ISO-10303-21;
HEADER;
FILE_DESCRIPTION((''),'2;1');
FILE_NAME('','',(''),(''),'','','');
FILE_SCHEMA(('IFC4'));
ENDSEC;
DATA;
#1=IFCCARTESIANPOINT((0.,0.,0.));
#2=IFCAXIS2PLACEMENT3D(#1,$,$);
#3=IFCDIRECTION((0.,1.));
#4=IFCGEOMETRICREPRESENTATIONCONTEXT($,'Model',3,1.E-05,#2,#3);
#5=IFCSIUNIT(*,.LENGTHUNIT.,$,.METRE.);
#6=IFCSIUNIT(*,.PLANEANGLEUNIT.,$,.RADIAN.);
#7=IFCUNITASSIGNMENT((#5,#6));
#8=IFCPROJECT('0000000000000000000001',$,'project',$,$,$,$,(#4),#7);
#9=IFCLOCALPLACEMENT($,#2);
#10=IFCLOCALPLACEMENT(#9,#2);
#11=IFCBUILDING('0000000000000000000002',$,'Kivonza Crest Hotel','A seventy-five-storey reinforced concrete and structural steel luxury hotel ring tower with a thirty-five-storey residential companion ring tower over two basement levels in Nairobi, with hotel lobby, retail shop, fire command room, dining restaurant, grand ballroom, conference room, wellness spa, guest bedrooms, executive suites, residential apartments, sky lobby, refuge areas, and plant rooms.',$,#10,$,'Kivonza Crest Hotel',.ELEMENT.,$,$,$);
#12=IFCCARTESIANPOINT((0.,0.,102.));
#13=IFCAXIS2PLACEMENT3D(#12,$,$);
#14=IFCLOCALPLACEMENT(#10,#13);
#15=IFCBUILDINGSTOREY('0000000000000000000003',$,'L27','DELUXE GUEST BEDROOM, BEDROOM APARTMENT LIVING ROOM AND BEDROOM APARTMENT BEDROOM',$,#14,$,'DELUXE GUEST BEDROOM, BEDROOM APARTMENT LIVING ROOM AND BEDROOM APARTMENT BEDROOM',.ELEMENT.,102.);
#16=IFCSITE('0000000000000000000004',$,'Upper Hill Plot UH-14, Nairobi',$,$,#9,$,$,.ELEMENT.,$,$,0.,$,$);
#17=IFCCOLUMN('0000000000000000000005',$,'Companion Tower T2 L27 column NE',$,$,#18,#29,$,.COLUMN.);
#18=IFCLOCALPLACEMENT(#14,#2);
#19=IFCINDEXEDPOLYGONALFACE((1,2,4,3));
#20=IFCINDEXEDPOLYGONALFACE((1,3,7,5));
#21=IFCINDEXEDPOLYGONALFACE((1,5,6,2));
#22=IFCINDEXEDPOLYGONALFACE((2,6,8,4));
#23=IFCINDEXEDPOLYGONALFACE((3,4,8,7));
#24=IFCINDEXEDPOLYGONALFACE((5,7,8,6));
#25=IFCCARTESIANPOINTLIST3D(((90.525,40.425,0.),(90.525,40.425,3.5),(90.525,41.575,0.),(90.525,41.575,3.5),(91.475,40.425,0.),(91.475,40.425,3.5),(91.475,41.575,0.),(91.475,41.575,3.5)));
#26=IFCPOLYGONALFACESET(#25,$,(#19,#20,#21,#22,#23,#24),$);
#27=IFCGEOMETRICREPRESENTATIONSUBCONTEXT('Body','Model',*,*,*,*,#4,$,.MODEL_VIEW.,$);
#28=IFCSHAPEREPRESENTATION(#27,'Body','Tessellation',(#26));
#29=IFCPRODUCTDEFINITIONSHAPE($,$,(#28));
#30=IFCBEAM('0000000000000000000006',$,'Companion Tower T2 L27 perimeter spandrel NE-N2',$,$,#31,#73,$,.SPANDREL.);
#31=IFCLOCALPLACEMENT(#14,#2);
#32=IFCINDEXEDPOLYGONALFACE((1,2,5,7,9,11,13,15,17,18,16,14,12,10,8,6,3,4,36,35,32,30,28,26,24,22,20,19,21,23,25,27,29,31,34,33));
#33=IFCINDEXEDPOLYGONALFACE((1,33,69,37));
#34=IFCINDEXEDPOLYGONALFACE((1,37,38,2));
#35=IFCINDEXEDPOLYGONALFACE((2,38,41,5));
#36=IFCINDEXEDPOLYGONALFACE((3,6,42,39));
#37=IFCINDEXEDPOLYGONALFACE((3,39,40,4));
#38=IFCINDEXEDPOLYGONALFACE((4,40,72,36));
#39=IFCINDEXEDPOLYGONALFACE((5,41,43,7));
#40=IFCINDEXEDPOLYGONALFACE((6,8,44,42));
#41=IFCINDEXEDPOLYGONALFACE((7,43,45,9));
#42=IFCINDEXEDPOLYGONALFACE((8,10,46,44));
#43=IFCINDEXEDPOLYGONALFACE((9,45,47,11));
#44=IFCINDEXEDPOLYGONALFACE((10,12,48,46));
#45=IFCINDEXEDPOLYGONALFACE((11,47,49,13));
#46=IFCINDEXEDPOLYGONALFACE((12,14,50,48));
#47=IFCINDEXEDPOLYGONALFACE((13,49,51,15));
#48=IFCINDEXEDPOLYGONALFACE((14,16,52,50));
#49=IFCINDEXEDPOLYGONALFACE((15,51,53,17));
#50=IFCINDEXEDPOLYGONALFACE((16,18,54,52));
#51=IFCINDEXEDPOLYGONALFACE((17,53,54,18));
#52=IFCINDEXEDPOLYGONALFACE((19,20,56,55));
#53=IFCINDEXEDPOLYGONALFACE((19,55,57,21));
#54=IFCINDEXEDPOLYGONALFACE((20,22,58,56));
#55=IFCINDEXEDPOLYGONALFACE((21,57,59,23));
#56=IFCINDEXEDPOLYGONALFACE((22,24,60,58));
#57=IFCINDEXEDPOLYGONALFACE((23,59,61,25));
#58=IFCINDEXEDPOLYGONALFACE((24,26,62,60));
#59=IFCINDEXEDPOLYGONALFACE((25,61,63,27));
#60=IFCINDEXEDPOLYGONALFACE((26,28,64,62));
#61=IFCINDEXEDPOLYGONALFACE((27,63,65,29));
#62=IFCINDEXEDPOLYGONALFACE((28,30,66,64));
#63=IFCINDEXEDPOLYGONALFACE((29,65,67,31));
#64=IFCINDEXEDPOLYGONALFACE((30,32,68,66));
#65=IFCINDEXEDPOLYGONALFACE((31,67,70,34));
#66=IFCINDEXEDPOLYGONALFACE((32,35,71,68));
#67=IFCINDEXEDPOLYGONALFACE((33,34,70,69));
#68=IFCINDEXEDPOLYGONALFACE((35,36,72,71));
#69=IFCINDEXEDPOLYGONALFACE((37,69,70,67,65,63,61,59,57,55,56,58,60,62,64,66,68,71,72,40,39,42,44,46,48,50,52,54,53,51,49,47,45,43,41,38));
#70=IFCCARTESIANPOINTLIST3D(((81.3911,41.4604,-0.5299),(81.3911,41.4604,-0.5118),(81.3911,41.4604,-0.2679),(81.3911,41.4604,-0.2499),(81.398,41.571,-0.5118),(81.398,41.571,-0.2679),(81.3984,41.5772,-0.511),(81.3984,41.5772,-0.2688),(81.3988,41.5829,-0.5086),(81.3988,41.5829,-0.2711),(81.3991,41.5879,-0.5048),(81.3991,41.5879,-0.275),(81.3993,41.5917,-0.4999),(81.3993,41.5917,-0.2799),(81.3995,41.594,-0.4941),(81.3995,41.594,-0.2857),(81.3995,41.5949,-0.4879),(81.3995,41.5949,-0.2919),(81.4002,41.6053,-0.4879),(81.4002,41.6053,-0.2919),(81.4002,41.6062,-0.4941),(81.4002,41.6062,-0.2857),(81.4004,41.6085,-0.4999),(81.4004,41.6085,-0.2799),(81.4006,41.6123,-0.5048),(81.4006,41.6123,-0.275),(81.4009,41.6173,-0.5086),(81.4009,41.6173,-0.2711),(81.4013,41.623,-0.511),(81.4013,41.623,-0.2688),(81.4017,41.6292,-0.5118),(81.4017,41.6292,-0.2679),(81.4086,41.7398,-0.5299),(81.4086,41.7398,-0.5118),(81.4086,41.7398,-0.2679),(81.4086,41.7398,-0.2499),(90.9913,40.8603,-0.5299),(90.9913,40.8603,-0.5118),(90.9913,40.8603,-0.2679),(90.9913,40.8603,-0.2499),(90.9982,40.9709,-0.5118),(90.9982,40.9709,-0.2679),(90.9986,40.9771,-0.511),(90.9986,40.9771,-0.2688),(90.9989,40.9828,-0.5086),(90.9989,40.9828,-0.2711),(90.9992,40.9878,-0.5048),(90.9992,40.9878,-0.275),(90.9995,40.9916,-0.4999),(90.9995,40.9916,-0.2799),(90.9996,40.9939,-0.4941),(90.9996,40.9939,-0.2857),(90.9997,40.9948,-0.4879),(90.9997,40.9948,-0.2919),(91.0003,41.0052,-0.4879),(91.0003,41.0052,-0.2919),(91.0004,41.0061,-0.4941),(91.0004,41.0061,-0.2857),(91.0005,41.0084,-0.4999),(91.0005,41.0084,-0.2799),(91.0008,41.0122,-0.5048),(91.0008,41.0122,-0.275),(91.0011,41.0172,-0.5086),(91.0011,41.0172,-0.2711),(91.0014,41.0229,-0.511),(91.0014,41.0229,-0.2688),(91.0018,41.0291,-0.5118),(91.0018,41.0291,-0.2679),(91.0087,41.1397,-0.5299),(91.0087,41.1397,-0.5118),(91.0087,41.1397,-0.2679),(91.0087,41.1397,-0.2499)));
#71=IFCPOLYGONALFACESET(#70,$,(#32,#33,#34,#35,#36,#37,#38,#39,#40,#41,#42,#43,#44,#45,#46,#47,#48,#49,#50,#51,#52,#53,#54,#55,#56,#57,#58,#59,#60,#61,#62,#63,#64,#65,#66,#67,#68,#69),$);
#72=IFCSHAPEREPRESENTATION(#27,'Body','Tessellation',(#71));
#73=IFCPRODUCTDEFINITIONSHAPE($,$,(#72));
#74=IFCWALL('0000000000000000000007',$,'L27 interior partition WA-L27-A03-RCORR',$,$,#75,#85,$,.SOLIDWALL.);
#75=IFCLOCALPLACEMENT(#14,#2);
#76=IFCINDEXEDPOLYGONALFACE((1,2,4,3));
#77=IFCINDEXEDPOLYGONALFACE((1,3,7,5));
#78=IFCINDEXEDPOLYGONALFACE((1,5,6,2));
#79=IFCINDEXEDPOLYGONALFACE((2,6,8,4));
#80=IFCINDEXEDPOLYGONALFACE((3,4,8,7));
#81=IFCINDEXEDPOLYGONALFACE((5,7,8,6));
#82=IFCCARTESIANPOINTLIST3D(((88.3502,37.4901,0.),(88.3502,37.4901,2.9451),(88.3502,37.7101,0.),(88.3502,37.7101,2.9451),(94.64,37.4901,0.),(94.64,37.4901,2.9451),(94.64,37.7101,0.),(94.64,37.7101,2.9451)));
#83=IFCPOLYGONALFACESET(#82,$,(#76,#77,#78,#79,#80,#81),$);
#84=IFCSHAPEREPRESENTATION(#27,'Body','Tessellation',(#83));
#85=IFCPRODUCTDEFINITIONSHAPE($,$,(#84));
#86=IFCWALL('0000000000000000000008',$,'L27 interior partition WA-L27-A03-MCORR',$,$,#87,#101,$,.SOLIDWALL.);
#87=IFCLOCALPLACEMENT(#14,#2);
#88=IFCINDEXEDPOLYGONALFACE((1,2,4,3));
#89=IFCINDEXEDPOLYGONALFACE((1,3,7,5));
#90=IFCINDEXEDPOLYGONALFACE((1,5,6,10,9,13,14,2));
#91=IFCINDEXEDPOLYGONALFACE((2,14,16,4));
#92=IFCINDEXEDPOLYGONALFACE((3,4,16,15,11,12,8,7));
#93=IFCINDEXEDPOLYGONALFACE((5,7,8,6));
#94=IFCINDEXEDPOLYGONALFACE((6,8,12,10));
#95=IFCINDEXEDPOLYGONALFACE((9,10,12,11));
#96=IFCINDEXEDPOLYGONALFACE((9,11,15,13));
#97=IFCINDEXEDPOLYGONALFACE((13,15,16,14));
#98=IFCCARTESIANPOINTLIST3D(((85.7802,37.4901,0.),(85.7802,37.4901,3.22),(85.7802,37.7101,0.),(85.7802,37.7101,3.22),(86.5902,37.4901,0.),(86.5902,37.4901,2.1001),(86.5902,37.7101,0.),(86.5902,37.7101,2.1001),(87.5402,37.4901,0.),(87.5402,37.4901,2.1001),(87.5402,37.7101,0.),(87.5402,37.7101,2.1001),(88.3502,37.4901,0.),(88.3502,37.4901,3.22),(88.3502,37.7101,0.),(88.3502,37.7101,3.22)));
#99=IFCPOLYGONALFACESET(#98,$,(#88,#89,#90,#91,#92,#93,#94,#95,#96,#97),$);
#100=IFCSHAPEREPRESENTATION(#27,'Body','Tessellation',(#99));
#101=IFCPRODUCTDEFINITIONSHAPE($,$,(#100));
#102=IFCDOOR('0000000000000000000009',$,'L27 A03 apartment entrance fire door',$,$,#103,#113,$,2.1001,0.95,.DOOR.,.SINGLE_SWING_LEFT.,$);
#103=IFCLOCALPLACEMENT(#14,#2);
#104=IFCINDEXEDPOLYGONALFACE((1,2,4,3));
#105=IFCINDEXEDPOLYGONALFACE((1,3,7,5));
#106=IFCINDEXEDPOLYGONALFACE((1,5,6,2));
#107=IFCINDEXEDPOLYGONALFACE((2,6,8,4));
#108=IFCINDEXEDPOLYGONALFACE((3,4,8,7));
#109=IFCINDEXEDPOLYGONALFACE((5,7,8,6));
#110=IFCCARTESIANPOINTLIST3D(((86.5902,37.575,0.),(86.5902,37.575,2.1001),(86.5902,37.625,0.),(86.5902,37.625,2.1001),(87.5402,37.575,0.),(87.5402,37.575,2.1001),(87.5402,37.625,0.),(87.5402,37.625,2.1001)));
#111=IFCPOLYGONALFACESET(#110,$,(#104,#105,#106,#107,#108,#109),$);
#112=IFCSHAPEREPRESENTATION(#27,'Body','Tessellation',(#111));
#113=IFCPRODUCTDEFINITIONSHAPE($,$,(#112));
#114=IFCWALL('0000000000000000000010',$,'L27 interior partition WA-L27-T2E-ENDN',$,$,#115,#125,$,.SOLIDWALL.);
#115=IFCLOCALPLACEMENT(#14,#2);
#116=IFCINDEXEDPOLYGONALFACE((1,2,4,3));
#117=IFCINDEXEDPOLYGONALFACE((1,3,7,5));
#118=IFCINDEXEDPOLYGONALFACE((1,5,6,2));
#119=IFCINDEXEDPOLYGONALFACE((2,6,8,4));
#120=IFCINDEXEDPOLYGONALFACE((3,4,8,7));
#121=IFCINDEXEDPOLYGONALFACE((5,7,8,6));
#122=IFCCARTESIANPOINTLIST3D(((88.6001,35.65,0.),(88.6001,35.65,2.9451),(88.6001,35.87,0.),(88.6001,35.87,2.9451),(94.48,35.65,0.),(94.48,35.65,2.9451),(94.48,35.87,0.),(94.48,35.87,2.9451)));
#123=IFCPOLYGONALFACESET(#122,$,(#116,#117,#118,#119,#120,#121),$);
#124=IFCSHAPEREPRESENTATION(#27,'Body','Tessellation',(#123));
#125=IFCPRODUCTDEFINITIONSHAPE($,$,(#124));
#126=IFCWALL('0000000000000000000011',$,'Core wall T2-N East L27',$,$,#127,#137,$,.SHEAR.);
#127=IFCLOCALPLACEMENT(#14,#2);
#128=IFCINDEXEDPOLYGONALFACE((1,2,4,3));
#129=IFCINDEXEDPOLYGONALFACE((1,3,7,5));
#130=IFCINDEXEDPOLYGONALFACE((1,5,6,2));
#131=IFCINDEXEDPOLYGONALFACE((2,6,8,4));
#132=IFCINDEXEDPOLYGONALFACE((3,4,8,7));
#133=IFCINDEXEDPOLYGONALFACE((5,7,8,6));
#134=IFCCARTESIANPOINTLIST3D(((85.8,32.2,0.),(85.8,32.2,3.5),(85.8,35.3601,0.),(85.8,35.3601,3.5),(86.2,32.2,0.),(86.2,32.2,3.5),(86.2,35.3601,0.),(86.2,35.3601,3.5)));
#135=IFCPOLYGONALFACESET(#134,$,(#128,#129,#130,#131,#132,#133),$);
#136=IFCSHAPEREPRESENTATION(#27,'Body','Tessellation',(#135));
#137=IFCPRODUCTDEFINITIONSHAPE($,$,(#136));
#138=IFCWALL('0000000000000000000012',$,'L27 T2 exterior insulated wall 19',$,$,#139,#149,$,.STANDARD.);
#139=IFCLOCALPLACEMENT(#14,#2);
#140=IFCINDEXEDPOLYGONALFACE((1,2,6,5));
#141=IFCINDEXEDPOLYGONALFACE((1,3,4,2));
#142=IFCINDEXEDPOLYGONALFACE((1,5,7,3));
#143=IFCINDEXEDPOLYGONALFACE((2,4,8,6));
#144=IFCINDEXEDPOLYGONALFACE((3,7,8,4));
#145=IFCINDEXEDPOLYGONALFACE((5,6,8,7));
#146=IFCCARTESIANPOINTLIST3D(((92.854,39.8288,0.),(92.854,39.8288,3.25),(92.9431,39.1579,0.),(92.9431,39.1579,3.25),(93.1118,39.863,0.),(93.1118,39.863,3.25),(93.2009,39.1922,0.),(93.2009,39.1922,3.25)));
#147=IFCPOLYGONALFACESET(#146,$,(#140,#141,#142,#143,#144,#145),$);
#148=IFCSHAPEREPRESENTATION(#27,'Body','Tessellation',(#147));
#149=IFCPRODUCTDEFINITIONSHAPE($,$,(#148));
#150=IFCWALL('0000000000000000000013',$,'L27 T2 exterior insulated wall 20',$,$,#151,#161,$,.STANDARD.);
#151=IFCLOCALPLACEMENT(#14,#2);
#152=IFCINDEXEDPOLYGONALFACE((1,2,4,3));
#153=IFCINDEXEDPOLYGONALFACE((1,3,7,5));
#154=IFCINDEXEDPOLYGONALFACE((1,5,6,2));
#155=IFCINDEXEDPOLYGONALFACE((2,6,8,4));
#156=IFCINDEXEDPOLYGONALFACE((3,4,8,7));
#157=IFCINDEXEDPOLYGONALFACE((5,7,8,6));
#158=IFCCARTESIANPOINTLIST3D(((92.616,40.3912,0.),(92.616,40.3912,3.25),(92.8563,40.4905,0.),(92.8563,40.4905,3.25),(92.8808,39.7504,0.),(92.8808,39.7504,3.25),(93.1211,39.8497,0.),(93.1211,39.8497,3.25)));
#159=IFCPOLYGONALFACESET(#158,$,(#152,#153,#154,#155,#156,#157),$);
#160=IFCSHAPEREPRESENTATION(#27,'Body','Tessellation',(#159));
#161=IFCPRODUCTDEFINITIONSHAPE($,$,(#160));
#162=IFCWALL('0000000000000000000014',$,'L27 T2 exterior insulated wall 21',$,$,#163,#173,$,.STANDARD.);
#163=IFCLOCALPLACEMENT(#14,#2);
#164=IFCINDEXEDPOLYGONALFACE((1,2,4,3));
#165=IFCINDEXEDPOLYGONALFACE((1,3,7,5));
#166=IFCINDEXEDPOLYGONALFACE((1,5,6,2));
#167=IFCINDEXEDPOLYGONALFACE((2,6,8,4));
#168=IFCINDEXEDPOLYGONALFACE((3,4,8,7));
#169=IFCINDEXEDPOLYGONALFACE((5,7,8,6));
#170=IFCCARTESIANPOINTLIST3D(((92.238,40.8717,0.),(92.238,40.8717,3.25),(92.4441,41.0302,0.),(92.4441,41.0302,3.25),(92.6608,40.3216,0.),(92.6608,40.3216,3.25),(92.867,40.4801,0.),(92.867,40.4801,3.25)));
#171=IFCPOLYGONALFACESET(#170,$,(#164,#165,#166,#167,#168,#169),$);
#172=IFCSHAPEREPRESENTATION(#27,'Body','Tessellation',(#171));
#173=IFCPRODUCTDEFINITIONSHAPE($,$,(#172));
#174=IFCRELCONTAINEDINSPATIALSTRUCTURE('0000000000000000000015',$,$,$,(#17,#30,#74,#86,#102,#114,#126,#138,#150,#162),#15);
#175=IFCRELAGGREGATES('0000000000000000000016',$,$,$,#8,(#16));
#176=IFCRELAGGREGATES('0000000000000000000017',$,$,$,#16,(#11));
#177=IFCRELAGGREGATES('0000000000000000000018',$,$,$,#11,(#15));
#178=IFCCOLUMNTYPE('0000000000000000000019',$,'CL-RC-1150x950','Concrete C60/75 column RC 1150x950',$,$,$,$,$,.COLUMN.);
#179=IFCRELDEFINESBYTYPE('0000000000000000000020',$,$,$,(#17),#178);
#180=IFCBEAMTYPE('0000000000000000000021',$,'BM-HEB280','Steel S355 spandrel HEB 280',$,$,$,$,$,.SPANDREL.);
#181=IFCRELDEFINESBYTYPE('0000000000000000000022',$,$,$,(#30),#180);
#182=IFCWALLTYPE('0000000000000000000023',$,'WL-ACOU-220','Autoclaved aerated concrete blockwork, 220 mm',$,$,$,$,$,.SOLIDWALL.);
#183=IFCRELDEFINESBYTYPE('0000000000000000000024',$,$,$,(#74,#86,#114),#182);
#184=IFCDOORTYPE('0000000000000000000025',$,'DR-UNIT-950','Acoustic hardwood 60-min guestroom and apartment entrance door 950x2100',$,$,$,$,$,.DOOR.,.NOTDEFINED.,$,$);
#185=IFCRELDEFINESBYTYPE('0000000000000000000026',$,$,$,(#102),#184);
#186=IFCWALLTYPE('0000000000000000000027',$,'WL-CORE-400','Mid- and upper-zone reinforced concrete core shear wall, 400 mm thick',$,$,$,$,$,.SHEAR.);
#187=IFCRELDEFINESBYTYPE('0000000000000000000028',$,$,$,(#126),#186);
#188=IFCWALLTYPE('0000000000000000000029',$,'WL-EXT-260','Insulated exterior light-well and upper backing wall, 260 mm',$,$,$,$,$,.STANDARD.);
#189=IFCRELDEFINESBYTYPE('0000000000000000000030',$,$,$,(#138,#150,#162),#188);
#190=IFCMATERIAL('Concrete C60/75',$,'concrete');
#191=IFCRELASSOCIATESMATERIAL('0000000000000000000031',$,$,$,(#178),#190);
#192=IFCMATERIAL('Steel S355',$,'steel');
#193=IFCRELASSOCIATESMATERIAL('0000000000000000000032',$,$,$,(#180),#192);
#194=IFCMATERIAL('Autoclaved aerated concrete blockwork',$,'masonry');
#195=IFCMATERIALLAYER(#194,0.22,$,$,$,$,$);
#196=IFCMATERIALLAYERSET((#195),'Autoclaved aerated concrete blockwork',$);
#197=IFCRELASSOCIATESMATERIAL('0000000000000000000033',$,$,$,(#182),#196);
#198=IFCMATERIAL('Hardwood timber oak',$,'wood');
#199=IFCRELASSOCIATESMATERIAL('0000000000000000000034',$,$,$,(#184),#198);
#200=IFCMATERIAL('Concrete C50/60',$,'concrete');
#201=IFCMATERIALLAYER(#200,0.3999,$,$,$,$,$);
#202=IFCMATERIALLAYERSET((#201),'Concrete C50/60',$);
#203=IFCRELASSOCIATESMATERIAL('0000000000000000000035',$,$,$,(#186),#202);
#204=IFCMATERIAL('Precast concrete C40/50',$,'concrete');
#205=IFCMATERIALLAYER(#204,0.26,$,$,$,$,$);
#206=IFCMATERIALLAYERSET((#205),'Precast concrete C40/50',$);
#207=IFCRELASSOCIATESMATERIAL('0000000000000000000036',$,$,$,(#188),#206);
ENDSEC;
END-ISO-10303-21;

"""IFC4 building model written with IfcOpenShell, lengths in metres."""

from ifc_helpers import new_model, si_unit, direction, frame, frame_2d, origin, origin_2d, place, context, subcontext, project, spatial, rectangle, i_section, extrude, material, layer, layer_set, material_profile, profile_set, type_object, element, fill, save


model = new_model("IFC4")

# Units and contexts
model_context = context("Model", 3, precision=1e-05, world=origin(), true_north=direction((0.0, 1.0)))
body_context = subcontext(model_context, "Body", "Model", "MODEL_VIEW")
ifc_project = project(units=[si_unit("LENGTHUNIT", "METRE"), si_unit("PLANEANGLEUNIT", "RADIAN")], contexts=[model_context])

# Site, building, storey
site_placement = place(None, origin())
site = spatial("IfcSite", under=ifc_project, at=site_placement, Name="Upper Hill Plot UH-14, Nairobi", CompositionType="ELEMENT", RefElevation=0.0)
building_placement = place(site_placement, origin())
building = spatial("IfcBuilding", under=site, at=building_placement, Name="Kivonza Crest Hotel", Description="A seventy-five-storey reinforced concrete and structural steel luxury hotel ring tower with a thirty-five-storey residential companion ring tower over two basement levels in Nairobi, with hotel lobby, retail shop, fire command room, dining restaurant, grand ballroom, conference room, wellness spa, guest bedrooms, executive suites, residential apartments, sky lobby, refuge areas, and plant rooms.", LongName="Kivonza Crest Hotel", CompositionType="ELEMENT")
storey_placement = place(building_placement, frame((0.0, 0.0, 102.0)))
storey = spatial("IfcBuildingStorey", under=building, at=storey_placement, Name="L27", Description="DELUXE GUEST BEDROOM, BEDROOM APARTMENT LIVING ROOM AND BEDROOM APARTMENT BEDROOM", LongName="DELUXE GUEST BEDROOM, BEDROOM APARTMENT LIVING ROOM AND BEDROOM APARTMENT BEDROOM", CompositionType="ELEMENT", Elevation=102.0)

# Column
ifc_material_1 = material(Name="Concrete C60/75", Category="concrete")
ifc_material_profile_1 = material_profile(ifc_material_1, rectangle(XDim=0.95, YDim=1.1499, at=origin_2d()), Name="RC 1150x950")
ifc_profile_set_1 = profile_set([ifc_material_profile_1], Name="Concrete C60/75")
column_type = type_object("IfcColumnType", Name="CL-RC-1150x950", Description="Concrete C60/75 column RC 1150x950", PredefinedType="COLUMN", material=ifc_profile_set_1)
column_placement = place(storey_placement, frame((91.0, 41.0, 0.0), z_axis=(0.0, 0.0, 1.0), x_axis=(1.0, 0.0, 0.0)))
element("IfcColumn", 1, at=column_placement, inside=storey, type_object=column_type, Name="Companion Tower T2 L27 column NE", PredefinedType="COLUMN", context=body_context, shape_type="SweptSolid", body=[
    extrude(rectangle(XDim=0.95, YDim=1.1499, at=origin_2d()), origin(), (0.0, 0.0, 1.0), 3.5),
])

# Beam
ifc_material_2 = material(Name="Steel S355", Category="steel")
ifc_material_profile_2 = material_profile(ifc_material_2, i_section(OverallWidth=0.28, OverallDepth=0.28, WebThickness=0.0105, FlangeThickness=0.0181, FilletRadius=0.0239, at=origin_2d()), Name="HEB 280")
ifc_profile_set_2 = profile_set([ifc_material_profile_2], Name="Steel S355")
beam_type = type_object("IfcBeamType", Name="BM-HEB280", Description="Steel S355 spandrel HEB 280", PredefinedType="SPANDREL", material=ifc_profile_set_2)
beam_placement = place(storey_placement, frame((91.0, 41.0, -0.3899), z_axis=(-0.998052, 0.062388, 0.0), x_axis=(-0.062388, -0.998052, 0.0)))
element("IfcBeam", 2, at=beam_placement, inside=storey, type_object=beam_type, Name="Companion Tower T2 L27 perimeter spandrel NE-N2", PredefinedType="SPANDREL", context=body_context, shape_type="SweptSolid", body=[
    extrude(i_section(OverallWidth=0.28, OverallDepth=0.28, WebThickness=0.0105, FlangeThickness=0.0181, FilletRadius=0.0239, at=origin_2d()), origin(), (0.0, 0.0, 1.0), 9.6189),
])

# Wall
ifc_material_3 = material(Name="Autoclaved aerated concrete blockwork", Category="masonry")
ifc_layer_1 = layer(ifc_material_3, 0.22)
ifc_layer_set_1 = layer_set([ifc_layer_1], Name="Autoclaved aerated concrete blockwork")
wall_type_1 = type_object("IfcWallType", Name="WL-ACOU-220", Description="Autoclaved aerated concrete blockwork, 220 mm", PredefinedType="SOLIDWALL", material=ifc_layer_set_1)
wall_1_placement = place(storey_placement, frame((88.3501, 37.6001, 0.0), z_axis=(0.0, 0.0, 1.0), x_axis=(1.0, 0.0, 0.0)))
element("IfcWall", 3, at=wall_1_placement, inside=storey, type_object=wall_type_1, Name="L27 interior partition WA-L27-A03-RCORR", PredefinedType="SOLIDWALL", context=body_context, shape_type="SweptSolid", body=[
    extrude(rectangle(XDim=6.2898, YDim=0.22, at=frame_2d((3.145, 0.0))), origin(), (0.0, 0.0, 1.0), 2.9451),
])

# Wall, opening, door
wall_2_placement = place(storey_placement, frame((85.78, 37.6001, 0.0), z_axis=(0.0, 0.0, 1.0), x_axis=(1.0, 0.0, 0.0)))
wall_2 = element("IfcWall", 4, at=wall_2_placement, inside=storey, type_object=wall_type_1, Name="L27 interior partition WA-L27-A03-MCORR", PredefinedType="SOLIDWALL", context=body_context, shape_type="SweptSolid", body=[
    extrude(rectangle(XDim=2.5701, YDim=0.22, at=frame_2d((1.2852, 0.0))), origin(), (0.0, 0.0, 1.0), 3.22),
])
opening_1_placement = place(wall_2_placement, frame((0.8101, 0.0, 0.0)))
opening_1 = element("IfcOpeningElement", 5, at=opening_1_placement, cuts=wall_2, PredefinedType="OPENING", context=body_context, shape_type="SweptSolid", body=[
    extrude(rectangle(XDim=0.95, YDim=2.1001, at=frame_2d((0.4751, 1.05))), frame((0.0, 0.1201, 0.0), z_axis=(0.0, -1.0, 0.0), x_axis=(1.0, 0.0, 0.0)), (0.0, 0.0, 1.0), 0.24),
])
ifc_material_4 = material(Name="Hardwood timber oak", Category="wood")
door_type_1 = type_object("IfcDoorType", Name="DR-UNIT-950", Description="Acoustic hardwood 60-min guestroom and apartment entrance door 950x2100", OperationType="NOTDEFINED", PredefinedType="DOOR", material=ifc_material_4)
door_1_placement = place(opening_1_placement, origin())
door_1 = element("IfcDoor", 6, at=door_1_placement, inside=storey, type_object=door_type_1, Name="L27 A03 apartment entrance fire door", OperationType="SINGLE_SWING_LEFT", OverallHeight=2.1001, OverallWidth=0.95, PredefinedType="DOOR", context=body_context, shape_type="SweptSolid", body=[
    extrude(rectangle(XDim=0.95, YDim=2.1001, at=frame_2d((0.4751, 1.05))), frame((0.0, 0.0249, 0.0), z_axis=(0.0, -1.0, 0.0), x_axis=(1.0, 0.0, 0.0)), (0.0, 0.0, 1.0), 0.05),
])
fill(opening_1, door_1)

# Walls
wall_3_placement = place(storey_placement, frame((88.6001, 35.76, 0.0), z_axis=(0.0, 0.0, 1.0), x_axis=(1.0, 0.0, 0.0)))
element("IfcWall", 7, at=wall_3_placement, inside=storey, type_object=wall_type_1, Name="L27 interior partition WA-L27-T2E-ENDN", PredefinedType="SOLIDWALL", context=body_context, shape_type="SweptSolid", body=[
    extrude(rectangle(XDim=5.8799, YDim=0.22, at=frame_2d((2.9399, 0.0))), origin(), (0.0, 0.0, 1.0), 2.9451),
])
ifc_material_5 = material(Name="Concrete C50/60", Category="concrete")
ifc_layer_2 = layer(ifc_material_5, 0.3999)
ifc_layer_set_2 = layer_set([ifc_layer_2], Name="Concrete C50/60")
wall_type_2 = type_object("IfcWallType", Name="WL-CORE-400", Description="Mid- and upper-zone reinforced concrete core shear wall, 400 mm thick", PredefinedType="SHEAR", material=ifc_layer_set_2)
wall_4_placement = place(storey_placement, frame((86.0, 32.2, 0.0), z_axis=(0.0, 0.0, 1.0), x_axis=(0.0, 1.0, 0.0)))
element("IfcWall", 8, at=wall_4_placement, inside=storey, type_object=wall_type_2, Name="Core wall T2-N East L27", PredefinedType="SHEAR", context=body_context, shape_type="SweptSolid", body=[
    extrude(rectangle(XDim=3.1602, YDim=0.3999, at=frame_2d((1.5801, 0.0))), origin(), (0.0, 0.0, 1.0), 3.5),
])
ifc_material_6 = material(Name="Precast concrete C40/50", Category="concrete")
ifc_layer_3 = layer(ifc_material_6, 0.26)
ifc_layer_set_3 = layer_set([ifc_layer_3], Name="Precast concrete C40/50")
wall_type_3 = type_object("IfcWallType", Name="WL-EXT-260", Description="Insulated exterior light-well and upper backing wall, 260 mm", PredefinedType="STANDARD", material=ifc_layer_set_3)
wall_5_placement = place(storey_placement, frame((93.072, 39.175, 0.0), z_axis=(0.0, 0.0, 1.0), x_axis=(-0.131667, 0.991294, 0.0)))
element("IfcWall", 9, at=wall_5_placement, inside=storey, type_object=wall_type_3, Name="L27 T2 exterior insulated wall 19", PredefinedType="STANDARD", context=body_context, shape_type="SweptSolid", body=[
    extrude(rectangle(XDim=0.6768, YDim=0.26, at=frame_2d((0.3384, 0.0))), origin(), (0.0, 0.0, 1.0), 3.25),
])
wall_6_placement = place(storey_placement, frame((93.001, 39.8, 0.0), z_axis=(0.0, 0.0, 1.0), x_axis=(-0.381989, 0.924167, 0.0)))
element("IfcWall", 10, at=wall_6_placement, inside=storey, type_object=wall_type_3, Name="L27 T2 exterior insulated wall 20", PredefinedType="STANDARD", context=body_context, shape_type="SweptSolid", body=[
    extrude(rectangle(XDim=0.6934, YDim=0.26, at=frame_2d((0.3467, 0.0))), origin(), (0.0, 0.0, 1.0), 3.25),
])
wall_7_placement = place(storey_placement, frame((92.7639, 40.4009, 0.0), z_axis=(0.0, 0.0, 1.0), x_axis=(-0.609473, 0.792807, 0.0)))
element("IfcWall", 11, at=wall_7_placement, inside=storey, type_object=wall_type_3, Name="L27 T2 exterior insulated wall 21", PredefinedType="STANDARD", context=body_context, shape_type="SweptSolid", body=[
    extrude(rectangle(XDim=0.6938, YDim=0.26, at=frame_2d((0.3469, 0.0))), origin(), (0.0, 0.0, 1.0), 3.25),
])

save(model, "model.ifc")
